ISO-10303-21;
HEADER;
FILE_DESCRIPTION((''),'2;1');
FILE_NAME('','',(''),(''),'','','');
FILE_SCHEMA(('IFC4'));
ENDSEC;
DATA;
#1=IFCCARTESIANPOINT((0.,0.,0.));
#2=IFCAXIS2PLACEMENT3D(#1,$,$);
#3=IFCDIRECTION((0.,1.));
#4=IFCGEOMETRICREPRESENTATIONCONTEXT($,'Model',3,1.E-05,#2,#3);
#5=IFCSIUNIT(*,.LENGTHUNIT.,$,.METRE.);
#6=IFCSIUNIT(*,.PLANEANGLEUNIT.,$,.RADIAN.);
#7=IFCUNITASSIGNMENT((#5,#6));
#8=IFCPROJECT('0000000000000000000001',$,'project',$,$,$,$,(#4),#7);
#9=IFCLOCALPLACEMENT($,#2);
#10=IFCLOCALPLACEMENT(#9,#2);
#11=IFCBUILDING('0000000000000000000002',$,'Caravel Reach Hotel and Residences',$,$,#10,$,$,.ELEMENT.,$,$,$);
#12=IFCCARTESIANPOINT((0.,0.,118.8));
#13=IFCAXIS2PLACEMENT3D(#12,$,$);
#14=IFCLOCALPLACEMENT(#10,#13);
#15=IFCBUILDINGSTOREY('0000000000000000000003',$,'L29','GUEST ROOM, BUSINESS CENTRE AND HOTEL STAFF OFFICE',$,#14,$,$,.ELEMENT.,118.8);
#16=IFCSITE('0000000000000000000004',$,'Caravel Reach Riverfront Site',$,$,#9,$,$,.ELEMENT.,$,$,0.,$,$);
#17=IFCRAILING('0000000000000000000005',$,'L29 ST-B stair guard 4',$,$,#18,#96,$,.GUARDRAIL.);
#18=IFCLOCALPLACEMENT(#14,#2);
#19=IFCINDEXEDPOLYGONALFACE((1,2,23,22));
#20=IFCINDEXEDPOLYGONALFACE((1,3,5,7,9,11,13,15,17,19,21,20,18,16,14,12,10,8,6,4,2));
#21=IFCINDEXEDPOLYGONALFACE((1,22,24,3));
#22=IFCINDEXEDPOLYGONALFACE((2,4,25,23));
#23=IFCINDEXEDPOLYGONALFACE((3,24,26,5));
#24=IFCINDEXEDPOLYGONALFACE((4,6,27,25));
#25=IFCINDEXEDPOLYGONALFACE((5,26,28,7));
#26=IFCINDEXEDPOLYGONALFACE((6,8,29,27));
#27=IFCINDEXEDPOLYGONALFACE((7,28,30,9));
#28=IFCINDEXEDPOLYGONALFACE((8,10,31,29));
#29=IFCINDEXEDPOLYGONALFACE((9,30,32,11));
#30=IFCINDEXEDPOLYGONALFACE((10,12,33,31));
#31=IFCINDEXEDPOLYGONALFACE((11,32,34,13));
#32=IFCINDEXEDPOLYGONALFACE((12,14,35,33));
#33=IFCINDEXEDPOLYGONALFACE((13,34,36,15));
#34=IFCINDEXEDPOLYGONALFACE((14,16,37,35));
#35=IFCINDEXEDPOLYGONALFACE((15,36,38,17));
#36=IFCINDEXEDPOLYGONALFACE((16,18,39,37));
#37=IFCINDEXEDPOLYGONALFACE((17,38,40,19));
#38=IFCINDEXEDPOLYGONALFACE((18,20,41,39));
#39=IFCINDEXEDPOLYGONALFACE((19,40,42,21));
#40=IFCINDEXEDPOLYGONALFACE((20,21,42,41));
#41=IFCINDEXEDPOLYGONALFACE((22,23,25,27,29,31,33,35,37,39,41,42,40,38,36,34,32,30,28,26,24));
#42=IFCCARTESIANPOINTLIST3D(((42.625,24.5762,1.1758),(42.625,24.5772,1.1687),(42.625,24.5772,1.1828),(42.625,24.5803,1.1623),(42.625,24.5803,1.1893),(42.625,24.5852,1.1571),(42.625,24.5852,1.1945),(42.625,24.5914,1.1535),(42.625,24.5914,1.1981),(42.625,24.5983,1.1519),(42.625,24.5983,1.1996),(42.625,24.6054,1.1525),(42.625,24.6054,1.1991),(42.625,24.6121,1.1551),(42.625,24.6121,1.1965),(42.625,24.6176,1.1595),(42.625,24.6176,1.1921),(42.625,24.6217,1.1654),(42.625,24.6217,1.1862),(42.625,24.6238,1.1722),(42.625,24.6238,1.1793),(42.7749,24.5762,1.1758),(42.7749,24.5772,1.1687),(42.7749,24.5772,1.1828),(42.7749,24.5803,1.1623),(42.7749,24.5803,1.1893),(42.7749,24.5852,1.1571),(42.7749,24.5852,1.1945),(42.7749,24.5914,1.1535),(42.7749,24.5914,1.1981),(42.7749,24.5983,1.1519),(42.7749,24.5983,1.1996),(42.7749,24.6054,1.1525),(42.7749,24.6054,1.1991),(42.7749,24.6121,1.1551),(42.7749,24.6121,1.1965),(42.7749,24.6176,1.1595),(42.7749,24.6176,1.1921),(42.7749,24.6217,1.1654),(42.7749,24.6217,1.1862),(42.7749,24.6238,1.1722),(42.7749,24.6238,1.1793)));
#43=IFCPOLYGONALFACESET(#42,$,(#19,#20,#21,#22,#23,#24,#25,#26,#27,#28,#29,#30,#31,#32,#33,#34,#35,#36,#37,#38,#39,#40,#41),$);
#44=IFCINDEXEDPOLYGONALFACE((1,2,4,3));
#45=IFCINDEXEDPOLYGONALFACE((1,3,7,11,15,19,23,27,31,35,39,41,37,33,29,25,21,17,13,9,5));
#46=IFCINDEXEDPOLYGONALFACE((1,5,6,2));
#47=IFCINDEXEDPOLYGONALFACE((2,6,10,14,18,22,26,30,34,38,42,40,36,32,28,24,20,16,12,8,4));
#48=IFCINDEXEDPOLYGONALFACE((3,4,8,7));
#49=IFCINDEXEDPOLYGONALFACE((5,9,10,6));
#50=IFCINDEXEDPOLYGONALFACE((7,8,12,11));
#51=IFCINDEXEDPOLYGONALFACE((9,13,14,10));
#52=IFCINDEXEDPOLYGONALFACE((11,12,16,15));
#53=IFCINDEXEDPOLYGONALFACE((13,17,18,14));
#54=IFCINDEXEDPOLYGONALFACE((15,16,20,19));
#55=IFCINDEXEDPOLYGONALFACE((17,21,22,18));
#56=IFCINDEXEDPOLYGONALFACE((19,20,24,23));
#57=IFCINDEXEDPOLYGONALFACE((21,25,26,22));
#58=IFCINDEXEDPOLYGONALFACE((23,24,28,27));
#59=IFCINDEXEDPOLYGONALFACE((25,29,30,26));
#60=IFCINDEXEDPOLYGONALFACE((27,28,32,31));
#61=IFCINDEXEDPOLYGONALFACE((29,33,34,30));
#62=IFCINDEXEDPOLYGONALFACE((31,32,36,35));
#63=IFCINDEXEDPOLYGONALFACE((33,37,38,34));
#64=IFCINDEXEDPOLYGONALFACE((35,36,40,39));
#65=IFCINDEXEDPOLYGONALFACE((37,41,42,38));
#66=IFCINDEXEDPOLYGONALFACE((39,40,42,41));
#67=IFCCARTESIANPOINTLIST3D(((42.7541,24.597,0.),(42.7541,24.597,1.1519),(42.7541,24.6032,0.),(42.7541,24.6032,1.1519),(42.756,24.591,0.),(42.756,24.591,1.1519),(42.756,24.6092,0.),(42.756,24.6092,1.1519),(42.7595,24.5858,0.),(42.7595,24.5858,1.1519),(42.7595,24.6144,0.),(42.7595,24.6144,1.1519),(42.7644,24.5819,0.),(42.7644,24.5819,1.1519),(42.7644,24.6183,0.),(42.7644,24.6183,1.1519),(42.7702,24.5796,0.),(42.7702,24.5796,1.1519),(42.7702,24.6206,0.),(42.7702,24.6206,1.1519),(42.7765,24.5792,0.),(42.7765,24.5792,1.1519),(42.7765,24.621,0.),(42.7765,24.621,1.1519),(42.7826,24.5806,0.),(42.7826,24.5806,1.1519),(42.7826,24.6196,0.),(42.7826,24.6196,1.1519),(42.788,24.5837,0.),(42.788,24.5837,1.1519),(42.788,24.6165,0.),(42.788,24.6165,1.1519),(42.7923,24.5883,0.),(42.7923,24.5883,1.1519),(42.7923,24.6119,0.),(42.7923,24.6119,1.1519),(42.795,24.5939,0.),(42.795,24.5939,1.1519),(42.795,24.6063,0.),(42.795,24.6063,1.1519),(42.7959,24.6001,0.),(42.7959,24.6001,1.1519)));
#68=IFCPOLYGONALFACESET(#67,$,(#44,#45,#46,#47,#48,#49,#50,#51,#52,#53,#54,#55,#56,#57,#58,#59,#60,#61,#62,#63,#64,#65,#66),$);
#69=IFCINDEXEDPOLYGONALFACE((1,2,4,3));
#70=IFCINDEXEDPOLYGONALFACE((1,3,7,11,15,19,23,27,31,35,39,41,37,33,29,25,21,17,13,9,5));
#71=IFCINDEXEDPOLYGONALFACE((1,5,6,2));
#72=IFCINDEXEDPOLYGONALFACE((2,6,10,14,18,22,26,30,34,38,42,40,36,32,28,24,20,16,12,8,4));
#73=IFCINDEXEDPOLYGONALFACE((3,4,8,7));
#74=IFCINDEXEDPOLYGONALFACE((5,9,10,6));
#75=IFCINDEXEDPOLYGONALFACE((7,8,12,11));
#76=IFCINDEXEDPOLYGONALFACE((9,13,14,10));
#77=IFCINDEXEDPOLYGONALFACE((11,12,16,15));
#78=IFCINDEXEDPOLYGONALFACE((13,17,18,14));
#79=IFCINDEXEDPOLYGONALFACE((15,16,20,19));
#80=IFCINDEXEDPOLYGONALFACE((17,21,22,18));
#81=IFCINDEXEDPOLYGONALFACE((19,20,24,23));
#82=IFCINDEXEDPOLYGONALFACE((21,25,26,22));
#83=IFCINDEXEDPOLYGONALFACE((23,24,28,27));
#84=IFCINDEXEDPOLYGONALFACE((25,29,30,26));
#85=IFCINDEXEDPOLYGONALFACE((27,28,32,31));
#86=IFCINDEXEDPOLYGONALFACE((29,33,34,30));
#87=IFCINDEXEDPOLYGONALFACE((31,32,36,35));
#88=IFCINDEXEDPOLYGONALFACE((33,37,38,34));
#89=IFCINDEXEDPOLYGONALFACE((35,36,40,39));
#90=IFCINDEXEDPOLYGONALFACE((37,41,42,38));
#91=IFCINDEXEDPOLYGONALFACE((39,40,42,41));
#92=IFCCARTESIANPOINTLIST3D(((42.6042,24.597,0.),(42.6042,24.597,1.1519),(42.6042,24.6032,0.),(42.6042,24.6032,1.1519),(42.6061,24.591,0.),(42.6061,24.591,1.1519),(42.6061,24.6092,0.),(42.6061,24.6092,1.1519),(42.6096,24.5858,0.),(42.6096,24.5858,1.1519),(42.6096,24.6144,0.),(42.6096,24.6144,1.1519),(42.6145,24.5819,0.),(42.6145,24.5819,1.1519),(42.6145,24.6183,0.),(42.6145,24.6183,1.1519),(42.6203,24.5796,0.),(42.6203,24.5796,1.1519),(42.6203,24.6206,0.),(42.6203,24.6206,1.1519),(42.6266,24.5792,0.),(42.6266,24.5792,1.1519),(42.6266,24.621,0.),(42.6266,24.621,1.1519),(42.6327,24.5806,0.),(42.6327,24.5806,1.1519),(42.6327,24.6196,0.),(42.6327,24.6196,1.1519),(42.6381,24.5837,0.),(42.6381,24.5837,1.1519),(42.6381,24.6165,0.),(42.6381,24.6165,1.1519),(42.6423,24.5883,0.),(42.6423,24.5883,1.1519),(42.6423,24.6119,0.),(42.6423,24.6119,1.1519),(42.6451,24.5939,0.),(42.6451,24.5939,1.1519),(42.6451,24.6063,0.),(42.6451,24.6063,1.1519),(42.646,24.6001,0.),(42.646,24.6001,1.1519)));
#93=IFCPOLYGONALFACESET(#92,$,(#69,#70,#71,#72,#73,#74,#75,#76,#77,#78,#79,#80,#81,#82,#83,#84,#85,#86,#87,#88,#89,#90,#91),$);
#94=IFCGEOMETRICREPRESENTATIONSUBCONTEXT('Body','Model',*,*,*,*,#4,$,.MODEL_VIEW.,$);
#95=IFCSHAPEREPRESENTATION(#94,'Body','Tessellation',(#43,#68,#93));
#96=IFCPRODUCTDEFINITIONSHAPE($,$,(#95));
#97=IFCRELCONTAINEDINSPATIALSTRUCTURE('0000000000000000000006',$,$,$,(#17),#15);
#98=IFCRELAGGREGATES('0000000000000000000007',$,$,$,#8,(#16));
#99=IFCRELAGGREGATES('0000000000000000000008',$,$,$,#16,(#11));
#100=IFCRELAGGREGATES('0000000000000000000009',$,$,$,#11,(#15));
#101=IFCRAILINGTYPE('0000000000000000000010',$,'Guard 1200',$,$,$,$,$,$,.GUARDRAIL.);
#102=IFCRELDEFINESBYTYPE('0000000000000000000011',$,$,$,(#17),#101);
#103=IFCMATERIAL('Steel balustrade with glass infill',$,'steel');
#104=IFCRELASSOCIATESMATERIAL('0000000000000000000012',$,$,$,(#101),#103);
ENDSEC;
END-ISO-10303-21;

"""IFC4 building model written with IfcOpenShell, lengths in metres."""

from ifc_helpers import new_model, si_unit, direction, frame, origin, origin_2d, place, context, subcontext, project, spatial, circle, extrude, material, type_object, element, save


model = new_model("IFC4")

# Units and contexts
model_context = context("Model", 3, precision=1e-05, world=origin(), true_north=direction((0.0, 1.0)))
body_context = subcontext(model_context, "Body", "Model", "MODEL_VIEW")
ifc_project = project(units=[si_unit("LENGTHUNIT", "METRE"), si_unit("PLANEANGLEUNIT", "RADIAN")], contexts=[model_context])

# Site, building, storey
site_placement = place(None, origin())
site = spatial("IfcSite", under=ifc_project, at=site_placement, Name="Caravel Reach Riverfront Site", CompositionType="ELEMENT", RefElevation=0.0)
building_placement = place(site_placement, origin())
building = spatial("IfcBuilding", under=site, at=building_placement, Name="Caravel Reach Hotel and Residences", CompositionType="ELEMENT")
storey_placement = place(building_placement, frame((0.0, 0.0, 118.8)))
storey = spatial("IfcBuildingStorey", under=building, at=storey_placement, Name="L29", Description="GUEST ROOM, BUSINESS CENTRE AND HOTEL STAFF OFFICE", CompositionType="ELEMENT", Elevation=118.8)

# Railing
ifc_material_1 = material(Name="Steel balustrade with glass infill", Category="steel")
railing_type_1 = type_object("IfcRailingType", Name="Guard 1200", PredefinedType="GUARDRAIL", material=ifc_material_1)
railing_1_placement = place(storey_placement, frame((42.7749, 24.6001, 0.0)))
element("IfcRailing", 1, at=railing_1_placement, inside=storey, type_object=railing_type_1, Name="L29 ST-B stair guard 4", PredefinedType="GUARDRAIL", context=body_context, shape_type="SweptSolid", body=[
    extrude(circle(Radius=0.0239, at=origin_2d()), frame((0.0, 0.0, 1.1758), z_axis=(-1.0, 0.0, 0.0), x_axis=(0.0, -1.0, 0.0)), (0.0, 0.0, 1.0), 0.1499),
    extrude(circle(Radius=0.021, at=origin_2d()), origin(), (0.0, 0.0, 1.0), 1.1519),
    extrude(circle(Radius=0.021, at=origin_2d()), frame((-0.1499, 0.0, 0.0)), (0.0, 0.0, 1.0), 1.1519),
])

save(model, "model.ifc")
